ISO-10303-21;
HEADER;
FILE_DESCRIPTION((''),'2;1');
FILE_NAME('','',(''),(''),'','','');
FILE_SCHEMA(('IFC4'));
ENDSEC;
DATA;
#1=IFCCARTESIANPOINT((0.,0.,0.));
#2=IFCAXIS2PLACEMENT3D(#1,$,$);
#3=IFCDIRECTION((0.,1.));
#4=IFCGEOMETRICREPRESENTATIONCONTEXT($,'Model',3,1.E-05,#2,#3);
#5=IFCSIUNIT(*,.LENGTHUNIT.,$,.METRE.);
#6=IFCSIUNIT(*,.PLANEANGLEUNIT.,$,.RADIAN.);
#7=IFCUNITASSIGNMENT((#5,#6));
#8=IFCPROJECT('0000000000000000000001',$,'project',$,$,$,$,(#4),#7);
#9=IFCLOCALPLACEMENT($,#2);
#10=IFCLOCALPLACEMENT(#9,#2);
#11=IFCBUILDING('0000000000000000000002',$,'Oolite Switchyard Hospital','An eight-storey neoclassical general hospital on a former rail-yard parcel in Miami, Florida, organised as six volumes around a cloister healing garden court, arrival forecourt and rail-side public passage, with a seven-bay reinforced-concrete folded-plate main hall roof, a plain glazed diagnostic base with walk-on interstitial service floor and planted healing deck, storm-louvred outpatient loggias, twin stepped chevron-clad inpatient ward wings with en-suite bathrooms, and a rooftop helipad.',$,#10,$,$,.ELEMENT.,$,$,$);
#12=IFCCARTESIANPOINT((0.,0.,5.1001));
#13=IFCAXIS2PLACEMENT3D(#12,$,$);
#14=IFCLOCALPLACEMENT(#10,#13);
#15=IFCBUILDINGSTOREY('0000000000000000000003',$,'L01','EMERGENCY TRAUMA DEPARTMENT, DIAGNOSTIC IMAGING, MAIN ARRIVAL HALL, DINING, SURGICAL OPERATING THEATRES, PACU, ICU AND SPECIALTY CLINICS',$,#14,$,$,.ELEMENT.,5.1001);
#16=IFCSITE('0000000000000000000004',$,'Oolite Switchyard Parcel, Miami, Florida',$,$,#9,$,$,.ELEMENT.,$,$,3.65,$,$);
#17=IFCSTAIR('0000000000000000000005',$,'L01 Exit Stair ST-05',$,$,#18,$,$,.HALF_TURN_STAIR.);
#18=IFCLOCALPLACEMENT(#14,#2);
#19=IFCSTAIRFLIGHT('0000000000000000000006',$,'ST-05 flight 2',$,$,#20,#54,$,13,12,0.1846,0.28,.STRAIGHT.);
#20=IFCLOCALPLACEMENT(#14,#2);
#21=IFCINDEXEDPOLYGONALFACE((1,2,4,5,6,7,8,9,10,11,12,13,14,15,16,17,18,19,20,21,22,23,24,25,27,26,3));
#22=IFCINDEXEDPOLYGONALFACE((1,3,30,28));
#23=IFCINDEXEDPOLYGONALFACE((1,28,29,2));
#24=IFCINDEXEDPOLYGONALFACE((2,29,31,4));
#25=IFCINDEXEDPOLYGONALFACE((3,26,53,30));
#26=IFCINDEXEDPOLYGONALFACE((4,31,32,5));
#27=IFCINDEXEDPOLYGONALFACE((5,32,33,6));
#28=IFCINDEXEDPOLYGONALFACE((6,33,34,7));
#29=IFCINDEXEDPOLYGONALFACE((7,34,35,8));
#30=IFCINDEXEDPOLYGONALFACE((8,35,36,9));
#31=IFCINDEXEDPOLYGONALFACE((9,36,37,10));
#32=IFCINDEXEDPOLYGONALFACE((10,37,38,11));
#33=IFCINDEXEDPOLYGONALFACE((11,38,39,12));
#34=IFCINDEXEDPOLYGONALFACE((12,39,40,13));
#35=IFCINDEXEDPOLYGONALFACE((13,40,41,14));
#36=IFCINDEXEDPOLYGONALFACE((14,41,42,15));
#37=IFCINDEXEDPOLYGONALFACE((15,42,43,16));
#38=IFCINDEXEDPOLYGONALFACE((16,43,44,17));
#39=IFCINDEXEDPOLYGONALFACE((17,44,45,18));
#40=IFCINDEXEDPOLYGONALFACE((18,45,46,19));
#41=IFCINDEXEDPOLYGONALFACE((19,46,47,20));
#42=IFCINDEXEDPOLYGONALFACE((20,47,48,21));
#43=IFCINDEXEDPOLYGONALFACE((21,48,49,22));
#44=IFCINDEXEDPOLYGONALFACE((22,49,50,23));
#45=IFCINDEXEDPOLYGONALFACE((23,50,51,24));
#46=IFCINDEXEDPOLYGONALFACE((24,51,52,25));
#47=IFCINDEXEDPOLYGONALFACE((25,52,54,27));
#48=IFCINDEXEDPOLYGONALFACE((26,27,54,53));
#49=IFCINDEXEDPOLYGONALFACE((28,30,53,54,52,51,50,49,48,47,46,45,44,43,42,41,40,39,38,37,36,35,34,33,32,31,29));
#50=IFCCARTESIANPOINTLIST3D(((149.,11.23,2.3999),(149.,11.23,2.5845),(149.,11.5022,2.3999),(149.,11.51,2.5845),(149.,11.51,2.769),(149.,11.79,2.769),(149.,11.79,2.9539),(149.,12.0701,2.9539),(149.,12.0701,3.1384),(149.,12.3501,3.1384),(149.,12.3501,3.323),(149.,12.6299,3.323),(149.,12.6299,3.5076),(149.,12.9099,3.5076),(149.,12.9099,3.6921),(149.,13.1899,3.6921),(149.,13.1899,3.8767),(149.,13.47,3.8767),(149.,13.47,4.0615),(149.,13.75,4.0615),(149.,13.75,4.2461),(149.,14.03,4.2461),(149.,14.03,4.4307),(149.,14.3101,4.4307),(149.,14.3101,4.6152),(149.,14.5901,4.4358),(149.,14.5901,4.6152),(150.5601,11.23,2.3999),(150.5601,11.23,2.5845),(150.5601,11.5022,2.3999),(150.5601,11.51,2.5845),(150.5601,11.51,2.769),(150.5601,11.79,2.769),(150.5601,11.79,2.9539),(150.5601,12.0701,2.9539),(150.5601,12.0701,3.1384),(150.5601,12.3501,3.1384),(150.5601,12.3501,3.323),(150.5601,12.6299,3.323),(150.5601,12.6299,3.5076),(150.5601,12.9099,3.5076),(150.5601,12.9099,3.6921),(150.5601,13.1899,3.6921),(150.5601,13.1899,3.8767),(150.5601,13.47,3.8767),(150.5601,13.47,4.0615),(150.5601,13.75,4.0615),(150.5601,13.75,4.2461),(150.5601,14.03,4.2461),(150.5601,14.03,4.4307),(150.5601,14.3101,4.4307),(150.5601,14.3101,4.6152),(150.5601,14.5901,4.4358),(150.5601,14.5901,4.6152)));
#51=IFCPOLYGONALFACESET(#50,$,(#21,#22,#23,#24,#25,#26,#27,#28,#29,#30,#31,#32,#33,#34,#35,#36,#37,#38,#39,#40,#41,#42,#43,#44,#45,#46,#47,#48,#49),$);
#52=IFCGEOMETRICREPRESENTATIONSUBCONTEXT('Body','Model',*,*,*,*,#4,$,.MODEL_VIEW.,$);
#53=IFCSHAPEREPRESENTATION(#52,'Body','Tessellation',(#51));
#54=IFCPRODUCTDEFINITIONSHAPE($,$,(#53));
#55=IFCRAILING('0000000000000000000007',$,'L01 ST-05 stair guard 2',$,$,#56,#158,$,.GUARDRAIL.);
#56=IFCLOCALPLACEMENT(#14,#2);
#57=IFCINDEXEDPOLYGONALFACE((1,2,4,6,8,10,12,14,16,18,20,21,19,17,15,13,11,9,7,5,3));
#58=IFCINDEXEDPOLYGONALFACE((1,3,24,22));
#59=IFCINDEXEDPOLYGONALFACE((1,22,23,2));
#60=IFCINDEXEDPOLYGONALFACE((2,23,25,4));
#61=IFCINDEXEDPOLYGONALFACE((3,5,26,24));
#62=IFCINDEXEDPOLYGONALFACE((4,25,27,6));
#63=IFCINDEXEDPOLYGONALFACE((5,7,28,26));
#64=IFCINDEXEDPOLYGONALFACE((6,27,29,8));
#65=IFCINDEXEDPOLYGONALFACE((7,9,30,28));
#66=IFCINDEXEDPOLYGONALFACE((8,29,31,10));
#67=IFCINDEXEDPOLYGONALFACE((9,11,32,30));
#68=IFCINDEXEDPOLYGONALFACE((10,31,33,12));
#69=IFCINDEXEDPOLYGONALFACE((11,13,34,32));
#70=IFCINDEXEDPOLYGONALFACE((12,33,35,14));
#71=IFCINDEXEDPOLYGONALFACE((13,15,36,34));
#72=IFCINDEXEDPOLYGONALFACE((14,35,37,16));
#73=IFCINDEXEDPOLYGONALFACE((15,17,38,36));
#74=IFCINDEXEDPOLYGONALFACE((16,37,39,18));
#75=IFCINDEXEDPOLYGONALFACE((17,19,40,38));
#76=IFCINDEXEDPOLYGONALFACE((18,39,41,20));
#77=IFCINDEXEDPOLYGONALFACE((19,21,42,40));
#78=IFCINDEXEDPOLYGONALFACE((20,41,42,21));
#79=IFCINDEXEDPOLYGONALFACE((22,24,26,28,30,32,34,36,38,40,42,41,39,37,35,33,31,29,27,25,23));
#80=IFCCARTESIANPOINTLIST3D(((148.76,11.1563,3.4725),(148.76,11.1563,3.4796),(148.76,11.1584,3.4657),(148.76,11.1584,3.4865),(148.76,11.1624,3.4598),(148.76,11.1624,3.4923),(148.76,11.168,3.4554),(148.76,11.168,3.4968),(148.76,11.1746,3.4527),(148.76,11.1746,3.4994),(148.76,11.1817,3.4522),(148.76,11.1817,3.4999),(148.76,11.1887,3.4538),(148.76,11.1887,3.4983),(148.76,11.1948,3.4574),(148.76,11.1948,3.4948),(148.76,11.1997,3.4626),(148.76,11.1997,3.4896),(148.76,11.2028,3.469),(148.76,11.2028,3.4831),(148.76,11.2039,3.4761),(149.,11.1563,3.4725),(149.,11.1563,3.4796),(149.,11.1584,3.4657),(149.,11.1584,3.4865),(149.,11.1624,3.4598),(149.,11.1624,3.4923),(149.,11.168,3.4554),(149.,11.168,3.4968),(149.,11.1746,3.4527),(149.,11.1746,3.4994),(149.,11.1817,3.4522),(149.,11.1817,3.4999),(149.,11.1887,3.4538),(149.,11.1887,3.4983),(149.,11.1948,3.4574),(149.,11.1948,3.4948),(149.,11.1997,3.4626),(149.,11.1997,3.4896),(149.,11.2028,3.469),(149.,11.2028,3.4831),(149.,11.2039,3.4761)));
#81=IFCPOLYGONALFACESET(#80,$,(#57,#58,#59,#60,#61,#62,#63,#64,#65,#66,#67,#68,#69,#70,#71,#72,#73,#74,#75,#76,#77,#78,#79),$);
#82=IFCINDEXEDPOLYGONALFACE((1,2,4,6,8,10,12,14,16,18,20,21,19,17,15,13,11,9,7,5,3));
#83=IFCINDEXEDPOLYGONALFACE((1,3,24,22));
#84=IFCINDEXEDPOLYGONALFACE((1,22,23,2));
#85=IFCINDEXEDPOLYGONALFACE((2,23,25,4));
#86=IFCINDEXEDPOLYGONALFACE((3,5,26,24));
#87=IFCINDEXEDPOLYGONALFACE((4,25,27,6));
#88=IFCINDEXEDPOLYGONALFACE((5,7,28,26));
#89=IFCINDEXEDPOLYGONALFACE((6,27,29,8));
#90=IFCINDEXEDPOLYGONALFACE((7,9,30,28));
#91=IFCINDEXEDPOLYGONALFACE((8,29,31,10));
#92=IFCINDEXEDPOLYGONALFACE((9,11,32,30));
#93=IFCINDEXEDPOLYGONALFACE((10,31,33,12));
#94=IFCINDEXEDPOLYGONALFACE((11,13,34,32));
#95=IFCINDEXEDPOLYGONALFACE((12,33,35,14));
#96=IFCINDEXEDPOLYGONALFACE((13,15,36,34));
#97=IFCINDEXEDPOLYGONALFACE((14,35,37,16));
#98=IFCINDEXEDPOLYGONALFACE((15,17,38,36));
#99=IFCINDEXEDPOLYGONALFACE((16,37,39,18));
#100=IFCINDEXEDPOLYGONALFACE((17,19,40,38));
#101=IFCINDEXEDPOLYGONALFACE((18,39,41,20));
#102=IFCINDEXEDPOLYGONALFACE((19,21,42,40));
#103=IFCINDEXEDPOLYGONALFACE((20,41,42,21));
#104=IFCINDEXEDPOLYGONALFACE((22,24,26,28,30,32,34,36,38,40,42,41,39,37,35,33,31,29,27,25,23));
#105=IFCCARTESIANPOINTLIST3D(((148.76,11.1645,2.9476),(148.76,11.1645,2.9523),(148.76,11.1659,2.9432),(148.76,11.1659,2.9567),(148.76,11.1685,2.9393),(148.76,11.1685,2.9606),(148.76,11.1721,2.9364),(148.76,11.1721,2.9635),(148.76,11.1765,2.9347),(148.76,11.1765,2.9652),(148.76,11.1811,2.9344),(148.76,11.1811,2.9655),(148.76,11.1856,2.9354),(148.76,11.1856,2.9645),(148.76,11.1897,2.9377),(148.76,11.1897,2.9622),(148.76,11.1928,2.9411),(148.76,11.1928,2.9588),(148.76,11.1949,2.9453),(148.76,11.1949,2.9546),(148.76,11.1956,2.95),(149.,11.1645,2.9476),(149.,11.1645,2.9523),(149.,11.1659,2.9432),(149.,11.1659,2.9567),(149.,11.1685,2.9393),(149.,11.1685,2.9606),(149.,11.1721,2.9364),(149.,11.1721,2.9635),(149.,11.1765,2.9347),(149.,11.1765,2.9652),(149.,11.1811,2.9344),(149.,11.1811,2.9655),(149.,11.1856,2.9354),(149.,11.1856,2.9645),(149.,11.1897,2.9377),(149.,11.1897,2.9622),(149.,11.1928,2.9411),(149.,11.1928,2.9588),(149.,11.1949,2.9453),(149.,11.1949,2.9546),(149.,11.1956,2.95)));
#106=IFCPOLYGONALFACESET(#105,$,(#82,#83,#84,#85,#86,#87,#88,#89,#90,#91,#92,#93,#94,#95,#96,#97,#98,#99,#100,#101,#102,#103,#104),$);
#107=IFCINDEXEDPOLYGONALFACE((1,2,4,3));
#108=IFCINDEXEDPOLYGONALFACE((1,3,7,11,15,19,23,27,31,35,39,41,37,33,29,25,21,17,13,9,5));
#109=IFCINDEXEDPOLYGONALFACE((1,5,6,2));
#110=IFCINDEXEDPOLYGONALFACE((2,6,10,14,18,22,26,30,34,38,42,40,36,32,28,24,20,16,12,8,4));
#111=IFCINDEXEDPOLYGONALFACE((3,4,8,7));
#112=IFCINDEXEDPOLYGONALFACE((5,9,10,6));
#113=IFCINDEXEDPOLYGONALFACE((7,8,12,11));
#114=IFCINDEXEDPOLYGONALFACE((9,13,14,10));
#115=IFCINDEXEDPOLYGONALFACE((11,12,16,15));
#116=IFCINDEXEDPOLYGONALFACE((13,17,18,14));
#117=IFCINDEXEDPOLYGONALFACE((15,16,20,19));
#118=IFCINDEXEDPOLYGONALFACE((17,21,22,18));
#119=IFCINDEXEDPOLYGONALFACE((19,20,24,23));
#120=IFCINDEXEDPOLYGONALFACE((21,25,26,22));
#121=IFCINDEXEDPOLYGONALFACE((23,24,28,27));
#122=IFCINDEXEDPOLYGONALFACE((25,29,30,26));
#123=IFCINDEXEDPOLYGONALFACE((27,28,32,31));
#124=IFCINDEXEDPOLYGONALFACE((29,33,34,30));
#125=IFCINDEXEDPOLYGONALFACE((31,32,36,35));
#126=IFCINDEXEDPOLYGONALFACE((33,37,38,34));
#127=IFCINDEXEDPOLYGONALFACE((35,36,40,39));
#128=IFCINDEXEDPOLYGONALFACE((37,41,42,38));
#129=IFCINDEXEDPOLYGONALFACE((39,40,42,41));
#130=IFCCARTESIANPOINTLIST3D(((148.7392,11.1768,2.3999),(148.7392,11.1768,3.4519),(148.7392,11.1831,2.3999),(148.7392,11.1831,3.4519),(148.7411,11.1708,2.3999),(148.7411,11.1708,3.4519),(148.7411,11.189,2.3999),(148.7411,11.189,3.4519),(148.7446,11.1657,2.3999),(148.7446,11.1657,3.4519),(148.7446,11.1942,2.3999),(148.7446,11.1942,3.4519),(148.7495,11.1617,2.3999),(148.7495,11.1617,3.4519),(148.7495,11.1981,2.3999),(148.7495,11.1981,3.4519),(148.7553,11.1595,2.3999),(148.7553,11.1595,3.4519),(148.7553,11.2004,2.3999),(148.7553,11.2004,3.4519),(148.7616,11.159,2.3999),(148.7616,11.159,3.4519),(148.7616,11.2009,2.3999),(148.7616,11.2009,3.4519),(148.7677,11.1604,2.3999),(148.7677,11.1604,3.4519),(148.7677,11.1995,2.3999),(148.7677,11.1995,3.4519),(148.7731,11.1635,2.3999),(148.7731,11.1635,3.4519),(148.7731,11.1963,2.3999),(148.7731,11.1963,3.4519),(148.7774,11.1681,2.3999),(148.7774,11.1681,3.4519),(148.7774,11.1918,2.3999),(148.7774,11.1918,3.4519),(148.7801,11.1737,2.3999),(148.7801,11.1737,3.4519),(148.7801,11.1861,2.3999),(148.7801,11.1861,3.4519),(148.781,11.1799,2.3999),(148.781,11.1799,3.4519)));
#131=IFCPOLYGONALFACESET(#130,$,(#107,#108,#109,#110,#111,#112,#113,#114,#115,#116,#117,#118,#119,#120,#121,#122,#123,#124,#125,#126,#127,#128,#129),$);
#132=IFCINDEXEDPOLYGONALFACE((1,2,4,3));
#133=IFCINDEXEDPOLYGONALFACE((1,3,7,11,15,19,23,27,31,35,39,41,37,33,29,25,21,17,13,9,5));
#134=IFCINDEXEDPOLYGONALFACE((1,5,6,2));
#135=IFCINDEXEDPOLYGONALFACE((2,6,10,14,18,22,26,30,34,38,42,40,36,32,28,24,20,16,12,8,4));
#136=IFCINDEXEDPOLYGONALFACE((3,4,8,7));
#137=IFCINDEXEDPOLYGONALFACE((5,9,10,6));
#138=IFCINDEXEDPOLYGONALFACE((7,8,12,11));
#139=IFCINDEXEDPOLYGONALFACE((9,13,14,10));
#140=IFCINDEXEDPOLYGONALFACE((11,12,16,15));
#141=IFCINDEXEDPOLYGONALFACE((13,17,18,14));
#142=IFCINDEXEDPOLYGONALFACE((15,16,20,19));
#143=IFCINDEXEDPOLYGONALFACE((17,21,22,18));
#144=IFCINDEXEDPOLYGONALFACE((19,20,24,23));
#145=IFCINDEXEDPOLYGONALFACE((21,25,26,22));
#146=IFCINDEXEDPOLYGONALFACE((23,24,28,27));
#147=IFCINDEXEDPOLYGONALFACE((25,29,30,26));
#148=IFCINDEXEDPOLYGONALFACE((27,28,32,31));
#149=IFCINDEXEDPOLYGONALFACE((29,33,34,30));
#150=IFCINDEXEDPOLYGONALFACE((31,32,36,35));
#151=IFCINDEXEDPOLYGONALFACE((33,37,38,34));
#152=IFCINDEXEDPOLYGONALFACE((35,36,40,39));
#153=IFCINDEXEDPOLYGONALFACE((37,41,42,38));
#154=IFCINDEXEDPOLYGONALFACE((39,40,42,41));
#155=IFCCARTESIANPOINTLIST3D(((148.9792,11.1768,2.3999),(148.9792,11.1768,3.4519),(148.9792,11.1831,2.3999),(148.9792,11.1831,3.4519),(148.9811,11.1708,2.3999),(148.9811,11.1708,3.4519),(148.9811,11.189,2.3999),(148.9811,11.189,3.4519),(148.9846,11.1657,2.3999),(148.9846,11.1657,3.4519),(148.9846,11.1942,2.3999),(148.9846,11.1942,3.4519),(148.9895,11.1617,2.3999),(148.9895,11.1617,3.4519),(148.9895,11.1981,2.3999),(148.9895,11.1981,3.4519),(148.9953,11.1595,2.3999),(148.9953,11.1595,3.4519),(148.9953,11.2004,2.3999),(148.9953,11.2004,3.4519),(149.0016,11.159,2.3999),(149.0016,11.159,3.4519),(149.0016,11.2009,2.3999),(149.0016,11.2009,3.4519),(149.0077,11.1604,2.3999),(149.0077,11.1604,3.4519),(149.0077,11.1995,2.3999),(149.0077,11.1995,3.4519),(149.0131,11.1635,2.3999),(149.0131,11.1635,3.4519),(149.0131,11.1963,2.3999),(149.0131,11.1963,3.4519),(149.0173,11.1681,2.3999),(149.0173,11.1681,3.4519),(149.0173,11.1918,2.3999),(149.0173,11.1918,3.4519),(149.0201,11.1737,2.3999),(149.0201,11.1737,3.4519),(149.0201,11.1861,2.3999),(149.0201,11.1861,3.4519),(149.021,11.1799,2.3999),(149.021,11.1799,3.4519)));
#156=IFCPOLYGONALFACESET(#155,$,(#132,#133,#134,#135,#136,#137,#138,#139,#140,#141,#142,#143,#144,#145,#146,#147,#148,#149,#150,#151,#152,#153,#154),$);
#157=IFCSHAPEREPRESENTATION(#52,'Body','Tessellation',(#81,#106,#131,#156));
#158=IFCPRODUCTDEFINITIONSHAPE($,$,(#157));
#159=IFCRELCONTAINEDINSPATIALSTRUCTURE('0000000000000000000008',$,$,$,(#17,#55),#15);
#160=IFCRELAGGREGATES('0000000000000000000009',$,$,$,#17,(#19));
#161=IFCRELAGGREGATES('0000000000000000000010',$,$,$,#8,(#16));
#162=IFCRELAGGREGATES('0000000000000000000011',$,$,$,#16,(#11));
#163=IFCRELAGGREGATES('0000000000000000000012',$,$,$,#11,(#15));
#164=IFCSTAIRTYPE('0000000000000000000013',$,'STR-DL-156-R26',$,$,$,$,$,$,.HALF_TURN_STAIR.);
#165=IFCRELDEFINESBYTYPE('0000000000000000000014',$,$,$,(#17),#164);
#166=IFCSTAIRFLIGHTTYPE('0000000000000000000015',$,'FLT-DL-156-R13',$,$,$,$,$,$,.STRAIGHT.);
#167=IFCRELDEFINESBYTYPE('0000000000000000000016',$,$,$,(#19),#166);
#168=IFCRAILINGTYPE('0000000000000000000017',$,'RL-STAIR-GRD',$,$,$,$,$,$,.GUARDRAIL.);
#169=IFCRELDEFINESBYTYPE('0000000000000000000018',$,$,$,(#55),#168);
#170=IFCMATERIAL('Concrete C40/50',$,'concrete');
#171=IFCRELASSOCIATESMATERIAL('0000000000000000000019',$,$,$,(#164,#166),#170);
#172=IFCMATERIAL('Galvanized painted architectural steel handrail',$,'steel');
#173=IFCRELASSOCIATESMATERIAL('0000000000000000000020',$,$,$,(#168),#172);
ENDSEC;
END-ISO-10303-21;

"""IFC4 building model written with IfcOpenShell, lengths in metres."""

from ifc_helpers import new_model, si_unit, direction, frame, origin, origin_2d, place, context, subcontext, project, spatial, polyline, circle, outline, extrude, material, type_object, element, aggregate, save


model = new_model("IFC4")

# Units and contexts
model_context = context("Model", 3, precision=1e-05, world=origin(), true_north=direction((0.0, 1.0)))
body_context = subcontext(model_context, "Body", "Model", "MODEL_VIEW")
ifc_project = project(units=[si_unit("LENGTHUNIT", "METRE"), si_unit("PLANEANGLEUNIT", "RADIAN")], contexts=[model_context])

# Site, building, storey
site_placement = place(None, origin())
site = spatial("IfcSite", under=ifc_project, at=site_placement, Name="Oolite Switchyard Parcel, Miami, Florida", CompositionType="ELEMENT", RefElevation=3.65)
building_placement = place(site_placement, origin())
building = spatial("IfcBuilding", under=site, at=building_placement, Name="Oolite Switchyard Hospital", Description="An eight-storey neoclassical general hospital on a former rail-yard parcel in Miami, Florida, organised as six volumes around a cloister healing garden court, arrival forecourt and rail-side public passage, with a seven-bay reinforced-concrete folded-plate main hall roof, a plain glazed diagnostic base with walk-on interstitial service floor and planted healing deck, storm-louvred outpatient loggias, twin stepped chevron-clad inpatient ward wings with en-suite bathrooms, and a rooftop helipad.", CompositionType="ELEMENT")
storey_placement = place(building_placement, frame((0.0, 0.0, 5.1001)))
storey = spatial("IfcBuildingStorey", under=building, at=storey_placement, Name="L01", Description="EMERGENCY TRAUMA DEPARTMENT, DIAGNOSTIC IMAGING, MAIN ARRIVAL HALL, DINING, SURGICAL OPERATING THEATRES, PACU, ICU AND SPECIALTY CLINICS", CompositionType="ELEMENT", Elevation=5.1001)

# Shared definitions
ifc_material_1 = material(Name="Concrete C40/50", Category="concrete")

# Stair, stair flight
stair_type = type_object("IfcStairType", Name="STR-DL-156-R26", PredefinedType="HALF_TURN_STAIR", material=ifc_material_1)
stair_placement = place(storey_placement, origin())
stair = element("IfcStair", 1, at=stair_placement, inside=storey, type_object=stair_type, Name="L01 Exit Stair ST-05", PredefinedType="HALF_TURN_STAIR")
stair_flight_type = type_object("IfcStairFlightType", Name="FLT-DL-156-R13", PredefinedType="STRAIGHT", material=ifc_material_1)
stair_flight_1_placement = place(storey_placement, frame((149.78, 11.23, 2.3999), z_axis=(0.0, 0.0, 1.0), x_axis=(0.0, 1.0, 0.0)))
stair_flight_1 = element("IfcStairFlight", 2, at=stair_flight_1_placement, type_object=stair_flight_type, Name="ST-05 flight 2", NumberOfRisers=13, NumberOfTreads=12, PredefinedType="STRAIGHT", RiserHeight=0.1846, TreadLength=0.28, context=body_context, shape_type="SweptSolid", body=[
    extrude(outline(polyline([(0.0, 0.0), (0.0, 0.1846), (0.28, 0.1846), (0.28, 0.3691), (0.5601, 0.3691), (0.5601, 0.554), (0.8401, 0.554), (0.8401, 0.7385), (1.1201, 0.7385), (1.1201, 0.9231), (1.3999, 0.9231), (1.3999, 1.1077), (1.6799, 1.1077), (1.6799, 1.2922), (1.96, 1.2922), (1.96, 1.4768), (2.24, 1.4768), (2.24, 1.6616), (2.52, 1.6616), (2.52, 1.8462), (2.8, 1.8462), (2.8, 2.0308), (3.0801, 2.0308), (3.0801, 2.2153), (3.3601, 2.2153), (3.3601, 2.3999), (3.3601, 2.0359), (0.2722, 0.0), (0.0, 0.0)])), frame((0.0, 0.78, 0.0), z_axis=(0.0, -1.0, 0.0), x_axis=(1.0, 0.0, 0.0)), (0.0, 0.0, 1.0), 1.5601),
])
aggregate(stair, [stair_flight_1])

# Railing
ifc_material_2 = material(Name="Galvanized painted architectural steel handrail", Category="steel")
railing_type_1 = type_object("IfcRailingType", Name="RL-STAIR-GRD", PredefinedType="GUARDRAIL", material=ifc_material_2)
railing_1_placement = place(storey_placement, frame((148.76, 11.1799, 2.3999)))
element("IfcRailing", 3, at=railing_1_placement, inside=storey, type_object=railing_type_1, Name="L01 ST-05 stair guard 2", PredefinedType="GUARDRAIL", context=body_context, shape_type="SweptSolid", body=[
    extrude(circle(Radius=0.0239, at=origin_2d()), frame((0.0, 0.0, 1.0762), z_axis=(1.0, 0.0, 0.0), x_axis=(0.0, 1.0, 0.0)), (0.0, 0.0, 1.0), 0.24),
    extrude(circle(Radius=0.0156, at=origin_2d()), frame((0.0, 0.0, 0.55), z_axis=(1.0, 0.0, 0.0), x_axis=(0.0, 1.0, 0.0)), (0.0, 0.0, 1.0), 0.24),
    extrude(circle(Radius=0.021, at=origin_2d()), origin(), (0.0, 0.0, 1.0), 1.052),
    extrude(circle(Radius=0.021, at=origin_2d()), frame((0.24, 0.0, 0.0)), (0.0, 0.0, 1.0), 1.052),
])

save(model, "model.ifc")
